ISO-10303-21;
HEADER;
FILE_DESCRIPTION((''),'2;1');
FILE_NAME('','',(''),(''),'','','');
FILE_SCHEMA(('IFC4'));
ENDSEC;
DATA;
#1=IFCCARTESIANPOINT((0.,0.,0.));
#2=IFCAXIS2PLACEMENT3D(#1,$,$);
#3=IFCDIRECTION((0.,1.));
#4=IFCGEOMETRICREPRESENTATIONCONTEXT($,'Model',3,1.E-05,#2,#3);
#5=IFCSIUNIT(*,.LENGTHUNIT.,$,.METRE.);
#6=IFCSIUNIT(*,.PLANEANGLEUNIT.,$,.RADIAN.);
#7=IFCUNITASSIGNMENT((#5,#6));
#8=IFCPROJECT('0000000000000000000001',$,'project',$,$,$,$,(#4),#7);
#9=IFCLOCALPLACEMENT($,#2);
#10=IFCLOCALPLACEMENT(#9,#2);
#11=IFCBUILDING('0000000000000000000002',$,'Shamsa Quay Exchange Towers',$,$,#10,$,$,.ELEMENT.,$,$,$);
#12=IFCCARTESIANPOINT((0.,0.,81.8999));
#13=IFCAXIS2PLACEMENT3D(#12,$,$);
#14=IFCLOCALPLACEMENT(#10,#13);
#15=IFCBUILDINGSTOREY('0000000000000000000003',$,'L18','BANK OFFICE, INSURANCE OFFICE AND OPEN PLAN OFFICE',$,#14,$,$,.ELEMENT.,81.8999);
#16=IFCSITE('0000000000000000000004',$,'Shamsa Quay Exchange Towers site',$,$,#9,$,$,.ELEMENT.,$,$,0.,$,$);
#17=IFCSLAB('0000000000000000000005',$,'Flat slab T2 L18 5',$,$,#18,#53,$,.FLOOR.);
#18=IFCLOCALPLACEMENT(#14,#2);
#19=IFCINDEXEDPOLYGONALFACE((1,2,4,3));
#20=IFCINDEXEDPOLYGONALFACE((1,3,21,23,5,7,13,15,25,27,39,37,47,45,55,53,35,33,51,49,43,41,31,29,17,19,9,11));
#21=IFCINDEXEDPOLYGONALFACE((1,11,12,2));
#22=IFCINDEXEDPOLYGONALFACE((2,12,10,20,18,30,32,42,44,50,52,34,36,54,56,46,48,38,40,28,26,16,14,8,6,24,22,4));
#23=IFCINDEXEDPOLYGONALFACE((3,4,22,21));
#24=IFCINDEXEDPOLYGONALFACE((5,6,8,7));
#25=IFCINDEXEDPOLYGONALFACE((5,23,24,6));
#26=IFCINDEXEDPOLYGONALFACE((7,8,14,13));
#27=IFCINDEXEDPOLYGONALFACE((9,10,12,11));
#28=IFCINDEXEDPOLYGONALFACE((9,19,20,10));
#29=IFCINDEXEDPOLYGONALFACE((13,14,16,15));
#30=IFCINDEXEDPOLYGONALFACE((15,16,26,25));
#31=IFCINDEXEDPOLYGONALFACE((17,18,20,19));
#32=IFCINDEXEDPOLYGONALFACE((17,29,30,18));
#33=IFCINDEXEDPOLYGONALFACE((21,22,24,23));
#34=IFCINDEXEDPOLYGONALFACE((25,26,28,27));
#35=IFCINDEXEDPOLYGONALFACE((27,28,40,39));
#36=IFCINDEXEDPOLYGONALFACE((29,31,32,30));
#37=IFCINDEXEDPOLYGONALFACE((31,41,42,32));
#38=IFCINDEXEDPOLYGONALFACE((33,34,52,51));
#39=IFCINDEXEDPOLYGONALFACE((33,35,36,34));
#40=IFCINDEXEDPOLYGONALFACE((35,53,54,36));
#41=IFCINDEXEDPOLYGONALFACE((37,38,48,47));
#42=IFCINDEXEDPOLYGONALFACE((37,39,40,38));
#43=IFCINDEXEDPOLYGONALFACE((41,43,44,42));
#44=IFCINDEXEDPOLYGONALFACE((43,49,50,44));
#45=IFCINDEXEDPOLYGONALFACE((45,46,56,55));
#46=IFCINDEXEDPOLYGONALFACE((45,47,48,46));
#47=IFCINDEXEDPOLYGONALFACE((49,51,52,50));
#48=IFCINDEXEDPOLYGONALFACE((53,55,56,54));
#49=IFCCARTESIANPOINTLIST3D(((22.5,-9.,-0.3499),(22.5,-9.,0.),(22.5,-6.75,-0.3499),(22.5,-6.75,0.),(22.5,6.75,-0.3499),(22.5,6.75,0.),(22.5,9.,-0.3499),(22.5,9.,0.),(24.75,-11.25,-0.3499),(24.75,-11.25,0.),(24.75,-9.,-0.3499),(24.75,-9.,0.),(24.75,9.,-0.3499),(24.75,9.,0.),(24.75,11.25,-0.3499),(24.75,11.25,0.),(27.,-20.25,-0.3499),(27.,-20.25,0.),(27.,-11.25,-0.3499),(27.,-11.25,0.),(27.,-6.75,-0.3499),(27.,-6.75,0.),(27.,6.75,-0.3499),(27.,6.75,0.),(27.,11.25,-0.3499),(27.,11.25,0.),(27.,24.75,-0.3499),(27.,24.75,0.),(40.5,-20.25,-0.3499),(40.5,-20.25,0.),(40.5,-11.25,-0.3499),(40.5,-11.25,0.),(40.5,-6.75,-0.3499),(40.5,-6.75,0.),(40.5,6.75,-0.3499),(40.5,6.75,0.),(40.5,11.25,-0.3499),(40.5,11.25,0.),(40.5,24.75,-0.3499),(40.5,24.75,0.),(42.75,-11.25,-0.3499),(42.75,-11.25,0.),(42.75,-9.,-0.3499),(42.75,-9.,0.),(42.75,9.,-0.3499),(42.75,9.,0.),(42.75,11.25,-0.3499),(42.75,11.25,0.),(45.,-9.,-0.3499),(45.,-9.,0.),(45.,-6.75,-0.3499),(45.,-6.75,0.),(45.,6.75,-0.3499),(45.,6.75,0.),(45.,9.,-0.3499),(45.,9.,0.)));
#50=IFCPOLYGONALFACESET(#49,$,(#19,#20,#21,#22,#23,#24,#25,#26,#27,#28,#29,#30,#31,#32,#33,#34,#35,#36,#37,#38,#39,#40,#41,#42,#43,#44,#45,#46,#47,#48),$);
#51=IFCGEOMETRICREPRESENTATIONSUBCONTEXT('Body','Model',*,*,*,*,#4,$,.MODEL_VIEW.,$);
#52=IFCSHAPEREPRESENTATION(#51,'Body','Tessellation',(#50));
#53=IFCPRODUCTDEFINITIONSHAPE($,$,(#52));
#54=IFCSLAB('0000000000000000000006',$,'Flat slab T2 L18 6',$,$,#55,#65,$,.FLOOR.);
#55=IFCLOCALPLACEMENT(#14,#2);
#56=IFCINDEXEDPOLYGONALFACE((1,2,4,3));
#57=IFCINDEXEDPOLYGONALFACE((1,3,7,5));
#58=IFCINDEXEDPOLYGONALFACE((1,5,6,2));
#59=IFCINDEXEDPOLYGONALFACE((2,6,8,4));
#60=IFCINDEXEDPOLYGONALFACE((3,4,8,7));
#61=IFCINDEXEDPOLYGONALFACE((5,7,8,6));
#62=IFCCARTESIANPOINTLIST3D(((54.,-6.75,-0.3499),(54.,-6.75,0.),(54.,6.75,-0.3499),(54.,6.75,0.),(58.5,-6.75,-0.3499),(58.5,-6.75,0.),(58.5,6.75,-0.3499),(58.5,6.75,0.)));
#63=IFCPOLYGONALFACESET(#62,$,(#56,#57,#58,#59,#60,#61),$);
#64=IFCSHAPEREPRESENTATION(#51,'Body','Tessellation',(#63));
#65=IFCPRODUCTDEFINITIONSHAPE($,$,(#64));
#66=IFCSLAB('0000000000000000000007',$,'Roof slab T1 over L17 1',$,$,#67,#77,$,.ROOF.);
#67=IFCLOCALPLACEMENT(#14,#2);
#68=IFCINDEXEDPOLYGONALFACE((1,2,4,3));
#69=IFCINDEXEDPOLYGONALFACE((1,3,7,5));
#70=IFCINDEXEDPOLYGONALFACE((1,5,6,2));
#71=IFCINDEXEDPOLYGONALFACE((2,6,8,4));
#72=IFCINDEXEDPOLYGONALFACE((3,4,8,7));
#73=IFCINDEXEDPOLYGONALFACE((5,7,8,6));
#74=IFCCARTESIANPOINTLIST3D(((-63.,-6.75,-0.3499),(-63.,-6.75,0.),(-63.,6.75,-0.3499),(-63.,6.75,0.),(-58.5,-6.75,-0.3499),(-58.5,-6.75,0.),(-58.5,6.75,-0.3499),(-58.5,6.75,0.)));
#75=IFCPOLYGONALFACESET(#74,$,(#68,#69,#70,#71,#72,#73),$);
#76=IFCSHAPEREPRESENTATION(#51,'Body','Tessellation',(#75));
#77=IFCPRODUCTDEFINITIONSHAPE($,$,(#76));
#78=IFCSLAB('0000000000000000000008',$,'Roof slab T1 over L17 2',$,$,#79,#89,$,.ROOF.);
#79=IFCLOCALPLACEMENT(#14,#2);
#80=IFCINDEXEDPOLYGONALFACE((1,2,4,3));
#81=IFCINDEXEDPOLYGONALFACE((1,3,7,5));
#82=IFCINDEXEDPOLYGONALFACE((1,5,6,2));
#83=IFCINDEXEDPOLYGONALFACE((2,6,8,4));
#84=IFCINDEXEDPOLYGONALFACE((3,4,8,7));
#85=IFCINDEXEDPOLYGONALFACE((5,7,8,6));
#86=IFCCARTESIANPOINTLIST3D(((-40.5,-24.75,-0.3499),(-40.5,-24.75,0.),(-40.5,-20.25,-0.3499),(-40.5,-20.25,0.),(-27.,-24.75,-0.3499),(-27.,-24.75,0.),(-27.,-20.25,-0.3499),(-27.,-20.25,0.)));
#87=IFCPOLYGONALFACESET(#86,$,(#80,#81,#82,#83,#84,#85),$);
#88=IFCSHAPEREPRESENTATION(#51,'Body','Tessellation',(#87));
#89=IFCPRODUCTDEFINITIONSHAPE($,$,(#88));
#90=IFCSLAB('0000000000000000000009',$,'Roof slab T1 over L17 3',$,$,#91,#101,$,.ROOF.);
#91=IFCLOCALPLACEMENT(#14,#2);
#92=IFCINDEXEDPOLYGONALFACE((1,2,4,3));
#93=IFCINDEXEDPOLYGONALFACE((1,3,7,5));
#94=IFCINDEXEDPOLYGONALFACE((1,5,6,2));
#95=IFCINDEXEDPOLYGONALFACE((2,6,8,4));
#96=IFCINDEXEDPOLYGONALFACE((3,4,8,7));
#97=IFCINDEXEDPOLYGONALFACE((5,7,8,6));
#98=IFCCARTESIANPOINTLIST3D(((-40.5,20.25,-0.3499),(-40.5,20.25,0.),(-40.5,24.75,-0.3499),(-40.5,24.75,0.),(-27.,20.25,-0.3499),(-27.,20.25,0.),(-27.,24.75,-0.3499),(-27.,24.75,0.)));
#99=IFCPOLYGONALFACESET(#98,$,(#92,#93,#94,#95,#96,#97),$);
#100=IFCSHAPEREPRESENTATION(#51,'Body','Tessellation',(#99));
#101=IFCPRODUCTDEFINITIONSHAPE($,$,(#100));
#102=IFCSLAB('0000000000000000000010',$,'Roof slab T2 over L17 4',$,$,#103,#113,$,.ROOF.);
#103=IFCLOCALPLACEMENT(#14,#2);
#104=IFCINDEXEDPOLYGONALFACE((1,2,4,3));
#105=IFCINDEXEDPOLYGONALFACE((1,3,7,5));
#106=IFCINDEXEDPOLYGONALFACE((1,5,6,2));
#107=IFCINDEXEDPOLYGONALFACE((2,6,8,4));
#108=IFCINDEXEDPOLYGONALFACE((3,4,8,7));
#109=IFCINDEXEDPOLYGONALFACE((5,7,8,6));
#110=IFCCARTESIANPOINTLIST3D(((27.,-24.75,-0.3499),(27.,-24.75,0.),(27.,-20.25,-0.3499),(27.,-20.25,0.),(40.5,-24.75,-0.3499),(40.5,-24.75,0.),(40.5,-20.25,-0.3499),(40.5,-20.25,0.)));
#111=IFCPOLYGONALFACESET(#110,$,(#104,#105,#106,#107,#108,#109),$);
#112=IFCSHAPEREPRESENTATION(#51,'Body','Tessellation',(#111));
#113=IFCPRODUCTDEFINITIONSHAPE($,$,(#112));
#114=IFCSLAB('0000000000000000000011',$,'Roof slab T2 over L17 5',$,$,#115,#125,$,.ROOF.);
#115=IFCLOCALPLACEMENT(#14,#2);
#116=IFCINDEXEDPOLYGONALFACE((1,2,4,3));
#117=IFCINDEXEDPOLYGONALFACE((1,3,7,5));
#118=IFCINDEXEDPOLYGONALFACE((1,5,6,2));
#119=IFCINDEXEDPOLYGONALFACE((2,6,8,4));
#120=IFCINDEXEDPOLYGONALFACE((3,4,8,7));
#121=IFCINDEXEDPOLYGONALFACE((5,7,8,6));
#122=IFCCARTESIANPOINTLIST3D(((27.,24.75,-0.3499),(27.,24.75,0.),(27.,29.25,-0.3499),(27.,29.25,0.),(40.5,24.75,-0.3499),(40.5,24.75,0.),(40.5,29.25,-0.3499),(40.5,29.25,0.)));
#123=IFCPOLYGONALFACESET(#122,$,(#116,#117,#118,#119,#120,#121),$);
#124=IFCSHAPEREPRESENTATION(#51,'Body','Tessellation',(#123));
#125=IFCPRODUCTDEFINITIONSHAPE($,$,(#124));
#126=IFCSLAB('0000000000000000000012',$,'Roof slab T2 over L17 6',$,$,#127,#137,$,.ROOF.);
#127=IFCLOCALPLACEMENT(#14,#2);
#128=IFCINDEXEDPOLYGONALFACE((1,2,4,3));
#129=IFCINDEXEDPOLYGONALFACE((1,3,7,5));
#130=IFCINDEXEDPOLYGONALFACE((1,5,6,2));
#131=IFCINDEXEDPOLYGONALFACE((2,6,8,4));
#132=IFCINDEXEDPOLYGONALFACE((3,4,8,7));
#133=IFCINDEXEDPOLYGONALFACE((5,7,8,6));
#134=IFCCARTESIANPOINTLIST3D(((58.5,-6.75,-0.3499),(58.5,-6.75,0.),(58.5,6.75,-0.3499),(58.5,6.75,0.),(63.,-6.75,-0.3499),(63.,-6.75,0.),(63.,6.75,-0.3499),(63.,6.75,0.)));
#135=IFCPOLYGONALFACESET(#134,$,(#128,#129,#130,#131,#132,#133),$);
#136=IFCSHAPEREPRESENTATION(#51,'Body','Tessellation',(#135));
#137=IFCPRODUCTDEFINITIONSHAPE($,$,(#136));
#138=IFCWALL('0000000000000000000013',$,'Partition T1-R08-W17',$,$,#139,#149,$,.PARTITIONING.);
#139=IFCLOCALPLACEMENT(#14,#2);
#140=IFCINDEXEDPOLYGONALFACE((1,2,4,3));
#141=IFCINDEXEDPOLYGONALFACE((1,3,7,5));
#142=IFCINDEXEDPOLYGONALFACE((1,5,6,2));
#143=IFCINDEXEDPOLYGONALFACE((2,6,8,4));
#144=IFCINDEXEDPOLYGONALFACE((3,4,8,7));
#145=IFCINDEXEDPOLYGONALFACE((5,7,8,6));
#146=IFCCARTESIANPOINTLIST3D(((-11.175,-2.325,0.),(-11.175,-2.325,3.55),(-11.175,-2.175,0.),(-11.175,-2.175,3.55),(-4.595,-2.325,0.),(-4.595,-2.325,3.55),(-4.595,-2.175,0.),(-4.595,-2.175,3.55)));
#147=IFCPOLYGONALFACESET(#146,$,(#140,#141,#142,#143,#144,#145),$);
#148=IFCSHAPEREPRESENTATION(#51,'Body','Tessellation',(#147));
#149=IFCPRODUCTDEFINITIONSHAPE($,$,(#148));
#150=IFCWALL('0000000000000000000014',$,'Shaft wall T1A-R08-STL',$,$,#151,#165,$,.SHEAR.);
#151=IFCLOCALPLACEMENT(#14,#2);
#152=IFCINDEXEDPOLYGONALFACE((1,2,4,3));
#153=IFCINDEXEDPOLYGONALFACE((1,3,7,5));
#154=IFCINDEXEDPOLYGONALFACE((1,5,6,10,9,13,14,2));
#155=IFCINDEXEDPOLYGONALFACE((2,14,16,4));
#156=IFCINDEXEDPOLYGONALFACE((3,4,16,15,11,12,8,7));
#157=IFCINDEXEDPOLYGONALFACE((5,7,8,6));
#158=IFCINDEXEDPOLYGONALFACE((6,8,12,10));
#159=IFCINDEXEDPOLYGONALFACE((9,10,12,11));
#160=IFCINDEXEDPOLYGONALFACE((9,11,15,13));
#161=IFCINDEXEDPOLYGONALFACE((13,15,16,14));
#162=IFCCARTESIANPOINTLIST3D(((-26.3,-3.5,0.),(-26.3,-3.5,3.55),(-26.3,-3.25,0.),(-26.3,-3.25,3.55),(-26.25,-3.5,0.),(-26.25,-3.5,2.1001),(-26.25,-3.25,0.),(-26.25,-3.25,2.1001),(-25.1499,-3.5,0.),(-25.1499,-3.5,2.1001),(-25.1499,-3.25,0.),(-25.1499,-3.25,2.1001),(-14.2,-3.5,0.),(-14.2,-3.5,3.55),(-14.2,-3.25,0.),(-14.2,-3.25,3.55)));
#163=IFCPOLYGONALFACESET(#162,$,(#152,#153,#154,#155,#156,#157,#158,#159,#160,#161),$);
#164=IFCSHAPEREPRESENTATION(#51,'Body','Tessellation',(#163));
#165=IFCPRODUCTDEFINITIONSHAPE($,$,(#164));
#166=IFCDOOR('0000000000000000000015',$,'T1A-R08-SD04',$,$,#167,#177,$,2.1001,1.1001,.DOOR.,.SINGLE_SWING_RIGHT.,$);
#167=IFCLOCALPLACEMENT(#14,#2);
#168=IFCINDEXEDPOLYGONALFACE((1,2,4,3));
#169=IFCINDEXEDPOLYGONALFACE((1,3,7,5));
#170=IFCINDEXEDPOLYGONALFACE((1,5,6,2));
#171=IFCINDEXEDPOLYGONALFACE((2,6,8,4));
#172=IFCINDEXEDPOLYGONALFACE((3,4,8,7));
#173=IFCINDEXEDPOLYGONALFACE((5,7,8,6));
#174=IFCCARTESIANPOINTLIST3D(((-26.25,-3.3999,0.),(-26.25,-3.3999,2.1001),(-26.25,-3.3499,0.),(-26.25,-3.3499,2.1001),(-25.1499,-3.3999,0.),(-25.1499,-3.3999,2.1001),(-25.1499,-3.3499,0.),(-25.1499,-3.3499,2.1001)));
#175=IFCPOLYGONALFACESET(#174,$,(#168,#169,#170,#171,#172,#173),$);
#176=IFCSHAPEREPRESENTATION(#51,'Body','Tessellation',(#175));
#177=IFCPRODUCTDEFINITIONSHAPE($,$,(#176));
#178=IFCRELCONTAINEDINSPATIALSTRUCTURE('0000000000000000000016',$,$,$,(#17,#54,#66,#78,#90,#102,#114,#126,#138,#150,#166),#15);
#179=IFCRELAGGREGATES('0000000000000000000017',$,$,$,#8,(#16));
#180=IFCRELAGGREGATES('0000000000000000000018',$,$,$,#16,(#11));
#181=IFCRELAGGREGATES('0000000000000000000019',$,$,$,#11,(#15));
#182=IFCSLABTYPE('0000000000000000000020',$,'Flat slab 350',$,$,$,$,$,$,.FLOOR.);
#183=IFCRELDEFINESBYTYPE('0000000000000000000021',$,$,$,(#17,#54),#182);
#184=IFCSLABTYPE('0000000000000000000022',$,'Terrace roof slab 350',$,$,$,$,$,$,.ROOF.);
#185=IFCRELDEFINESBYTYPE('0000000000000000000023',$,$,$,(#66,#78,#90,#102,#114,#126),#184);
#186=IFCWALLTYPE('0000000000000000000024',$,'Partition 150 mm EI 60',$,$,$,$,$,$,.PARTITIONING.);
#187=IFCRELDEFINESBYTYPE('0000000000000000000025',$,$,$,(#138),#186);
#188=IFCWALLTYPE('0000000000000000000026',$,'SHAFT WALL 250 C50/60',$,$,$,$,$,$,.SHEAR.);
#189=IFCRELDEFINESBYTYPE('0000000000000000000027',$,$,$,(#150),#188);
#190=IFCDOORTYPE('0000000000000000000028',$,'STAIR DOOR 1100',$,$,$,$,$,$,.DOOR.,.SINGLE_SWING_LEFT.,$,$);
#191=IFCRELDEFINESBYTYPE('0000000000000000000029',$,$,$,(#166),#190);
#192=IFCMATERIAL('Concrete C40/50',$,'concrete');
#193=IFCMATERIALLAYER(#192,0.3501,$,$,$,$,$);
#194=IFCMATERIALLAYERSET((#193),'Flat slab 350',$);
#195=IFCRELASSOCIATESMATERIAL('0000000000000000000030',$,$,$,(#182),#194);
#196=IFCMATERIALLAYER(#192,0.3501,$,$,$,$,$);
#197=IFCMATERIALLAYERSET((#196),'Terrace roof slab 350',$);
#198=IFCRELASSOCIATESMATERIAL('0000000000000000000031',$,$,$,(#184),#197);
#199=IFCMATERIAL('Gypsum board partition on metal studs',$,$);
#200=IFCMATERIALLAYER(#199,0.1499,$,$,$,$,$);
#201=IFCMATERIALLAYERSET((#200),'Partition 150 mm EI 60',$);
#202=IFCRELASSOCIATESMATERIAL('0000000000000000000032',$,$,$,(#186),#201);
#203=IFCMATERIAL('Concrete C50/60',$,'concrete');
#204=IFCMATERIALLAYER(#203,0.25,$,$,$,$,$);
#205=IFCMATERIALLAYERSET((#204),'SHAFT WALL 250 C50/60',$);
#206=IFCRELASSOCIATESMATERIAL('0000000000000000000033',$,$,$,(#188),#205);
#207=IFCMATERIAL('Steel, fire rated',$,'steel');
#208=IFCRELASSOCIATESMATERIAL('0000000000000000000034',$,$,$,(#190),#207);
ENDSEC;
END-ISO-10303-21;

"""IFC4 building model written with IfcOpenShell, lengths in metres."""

from ifc_helpers import new_model, si_unit, direction, frame, frame_2d, origin, place, context, subcontext, project, spatial, polyline, rectangle, outline, extrude, material, layer, layer_set, type_object, element, fill, save


model = new_model("IFC4")

# Units and contexts
model_context = context("Model", 3, precision=1e-05, world=origin(), true_north=direction((0.0, 1.0)))
body_context = subcontext(model_context, "Body", "Model", "MODEL_VIEW")
ifc_project = project(units=[si_unit("LENGTHUNIT", "METRE"), si_unit("PLANEANGLEUNIT", "RADIAN")], contexts=[model_context])

# Site, building, storey
site_placement = place(None, origin())
site = spatial("IfcSite", under=ifc_project, at=site_placement, Name="Shamsa Quay Exchange Towers site", CompositionType="ELEMENT", RefElevation=0.0)
building_placement = place(site_placement, origin())
building = spatial("IfcBuilding", under=site, at=building_placement, Name="Shamsa Quay Exchange Towers", CompositionType="ELEMENT")
storey_placement = place(building_placement, frame((0.0, 0.0, 81.8999)))
storey = spatial("IfcBuildingStorey", under=building, at=storey_placement, Name="L18", Description="BANK OFFICE, INSURANCE OFFICE AND OPEN PLAN OFFICE", CompositionType="ELEMENT", Elevation=81.8999)

# Slabs
ifc_material_1 = material(Name="Concrete C40/50", Category="concrete")
ifc_layer_1 = layer(ifc_material_1, 0.3501)
ifc_layer_set_1 = layer_set([ifc_layer_1], Name="Flat slab 350")
slab_type_1 = type_object("IfcSlabType", Name="Flat slab 350", PredefinedType="FLOOR", material=ifc_layer_set_1)
slab_1_placement = place(storey_placement, frame((0.0, 0.0, -0.3499)))
element("IfcSlab", 1, at=slab_1_placement, inside=storey, type_object=slab_type_1, Name="Flat slab T2 L18 5", PredefinedType="FLOOR", context=body_context, shape_type="SweptSolid", body=[
    extrude(outline(polyline([(45.0, -9.0), (45.0, -6.75), (40.5, -6.75), (40.5, 6.75), (45.0, 6.75), (45.0, 9.0), (42.75, 9.0), (42.75, 11.25), (40.5, 11.25), (40.5, 24.75), (27.0, 24.75), (27.0, 11.25), (24.75, 11.25), (24.75, 9.0), (22.5, 9.0), (22.5, 6.75), (27.0, 6.75), (27.0, -6.75), (22.5, -6.75), (22.5, -9.0), (24.75, -9.0), (24.75, -11.25), (27.0, -11.25), (27.0, -20.25), (40.5, -20.25), (40.5, -11.25), (42.75, -11.25), (42.75, -9.0), (45.0, -9.0)])), origin(), (0.0, 0.0, 1.0), 0.3499),
])
slab_2_placement = place(storey_placement, frame((0.0, 0.0, -0.3499)))
element("IfcSlab", 2, at=slab_2_placement, inside=storey, type_object=slab_type_1, Name="Flat slab T2 L18 6", PredefinedType="FLOOR", context=body_context, shape_type="SweptSolid", body=[
    extrude(outline(polyline([(58.5, 6.75), (54.0, 6.75), (54.0, -6.75), (58.5, -6.75), (58.5, 6.75)])), origin(), (0.0, 0.0, 1.0), 0.3499),
])
ifc_layer_2 = layer(ifc_material_1, 0.3501)
ifc_layer_set_2 = layer_set([ifc_layer_2], Name="Terrace roof slab 350")
slab_type_2 = type_object("IfcSlabType", Name="Terrace roof slab 350", PredefinedType="ROOF", material=ifc_layer_set_2)
slab_3_placement = place(storey_placement, frame((0.0, 0.0, -0.3499)))
element("IfcSlab", 3, at=slab_3_placement, inside=storey, type_object=slab_type_2, Name="Roof slab T1 over L17 1", PredefinedType="ROOF", context=body_context, shape_type="SweptSolid", body=[
    extrude(outline(polyline([(-63.0, -6.75), (-58.5, -6.75), (-58.5, 6.75), (-63.0, 6.75), (-63.0, -6.75)])), origin(), (0.0, 0.0, 1.0), 0.3499),
])
slab_4_placement = place(storey_placement, frame((0.0, 0.0, -0.3499)))
element("IfcSlab", 4, at=slab_4_placement, inside=storey, type_object=slab_type_2, Name="Roof slab T1 over L17 2", PredefinedType="ROOF", context=body_context, shape_type="SweptSolid", body=[
    extrude(outline(polyline([(-27.0, -24.75), (-27.0, -20.25), (-40.5, -20.25), (-40.5, -24.75), (-27.0, -24.75)])), origin(), (0.0, 0.0, 1.0), 0.3499),
])
slab_5_placement = place(storey_placement, frame((0.0, 0.0, -0.3499)))
element("IfcSlab", 5, at=slab_5_placement, inside=storey, type_object=slab_type_2, Name="Roof slab T1 over L17 3", PredefinedType="ROOF", context=body_context, shape_type="SweptSolid", body=[
    extrude(outline(polyline([(-40.5, 24.75), (-40.5, 20.25), (-27.0, 20.25), (-27.0, 24.75), (-40.5, 24.75)])), origin(), (0.0, 0.0, 1.0), 0.3499),
])
slab_6_placement = place(storey_placement, frame((0.0, 0.0, -0.3499)))
element("IfcSlab", 6, at=slab_6_placement, inside=storey, type_object=slab_type_2, Name="Roof slab T2 over L17 4", PredefinedType="ROOF", context=body_context, shape_type="SweptSolid", body=[
    extrude(outline(polyline([(40.5, -24.75), (40.5, -20.25), (27.0, -20.25), (27.0, -24.75), (40.5, -24.75)])), origin(), (0.0, 0.0, 1.0), 0.3499),
])
slab_7_placement = place(storey_placement, frame((0.0, 0.0, -0.3499)))
element("IfcSlab", 7, at=slab_7_placement, inside=storey, type_object=slab_type_2, Name="Roof slab T2 over L17 5", PredefinedType="ROOF", context=body_context, shape_type="SweptSolid", body=[
    extrude(outline(polyline([(27.0, 29.25), (27.0, 24.75), (40.5, 24.75), (40.5, 29.25), (27.0, 29.25)])), origin(), (0.0, 0.0, 1.0), 0.3499),
])
slab_8_placement = place(storey_placement, frame((0.0, 0.0, -0.3499)))
element("IfcSlab", 8, at=slab_8_placement, inside=storey, type_object=slab_type_2, Name="Roof slab T2 over L17 6", PredefinedType="ROOF", context=body_context, shape_type="SweptSolid", body=[
    extrude(outline(polyline([(63.0, 6.75), (58.5, 6.75), (58.5, -6.75), (63.0, -6.75), (63.0, 6.75)])), origin(), (0.0, 0.0, 1.0), 0.3499),
])

# Wall
ifc_material_2 = material(Name="Gypsum board partition on metal studs")
ifc_layer_3 = layer(ifc_material_2, 0.1499)
ifc_layer_set_3 = layer_set([ifc_layer_3], Name="Partition 150 mm EI 60")
wall_type_1 = type_object("IfcWallType", Name="Partition 150 mm EI 60", PredefinedType="PARTITIONING", material=ifc_layer_set_3)
wall_1_placement = place(storey_placement, frame((-4.595, -2.25, 0.0), z_axis=(0.0, 0.0, 1.0), x_axis=(-1.0, 0.0, 0.0)))
element("IfcWall", 9, at=wall_1_placement, inside=storey, type_object=wall_type_1, Name="Partition T1-R08-W17", PredefinedType="PARTITIONING", context=body_context, shape_type="SweptSolid", body=[
    extrude(rectangle(XDim=6.5801, YDim=0.1499, at=frame_2d((3.29, 0.0))), origin(), (0.0, 0.0, 1.0), 3.55),
])

# Wall, opening, door
ifc_material_3 = material(Name="Concrete C50/60", Category="concrete")
ifc_layer_4 = layer(ifc_material_3, 0.25)
ifc_layer_set_4 = layer_set([ifc_layer_4], Name="SHAFT WALL 250 C50/60")
wall_type_2 = type_object("IfcWallType", Name="SHAFT WALL 250 C50/60", PredefinedType="SHEAR", material=ifc_layer_set_4)
wall_2_placement = place(storey_placement, frame((-14.2, -3.375, 0.0), z_axis=(0.0, 0.0, 1.0), x_axis=(-1.0, 0.0, 0.0)))
wall_2 = element("IfcWall", 10, at=wall_2_placement, inside=storey, type_object=wall_type_2, Name="Shaft wall T1A-R08-STL", PredefinedType="SHEAR", context=body_context, shape_type="SweptSolid", body=[
    extrude(rectangle(XDim=12.1001, YDim=0.25, at=frame_2d((6.05, 0.0))), origin(), (0.0, 0.0, 1.0), 3.55),
])
opening_1_placement = place(wall_2_placement, frame((10.95, 0.0, 0.0)))
opening_1 = element("IfcOpeningElement", 11, at=opening_1_placement, cuts=wall_2, PredefinedType="OPENING", context=body_context, shape_type="SweptSolid", body=[
    extrude(rectangle(XDim=1.1001, YDim=2.1001, at=frame_2d((0.55, 1.05))), frame((0.0, 0.135, 0.0), z_axis=(0.0, -1.0, 0.0), x_axis=(1.0, 0.0, 0.0)), (0.0, 0.0, 1.0), 0.27),
])
ifc_material_4 = material(Name="Steel, fire rated", Category="steel")
door_type_1 = type_object("IfcDoorType", Name="STAIR DOOR 1100", OperationType="SINGLE_SWING_LEFT", PredefinedType="DOOR", material=ifc_material_4)
door_1_placement = place(opening_1_placement, origin())
door_1 = element("IfcDoor", 12, at=door_1_placement, inside=storey, type_object=door_type_1, Name="T1A-R08-SD04", OperationType="SINGLE_SWING_RIGHT", OverallHeight=2.1001, OverallWidth=1.1001, PredefinedType="DOOR", context=body_context, shape_type="SweptSolid", body=[
    extrude(rectangle(XDim=1.1001, YDim=2.1001, at=frame_2d((0.55, 1.05))), frame((0.0, 0.0249, 0.0), z_axis=(0.0, -1.0, 0.0), x_axis=(1.0, 0.0, 0.0)), (0.0, 0.0, 1.0), 0.05),
])
fill(opening_1, door_1)

save(model, "model.ifc")
